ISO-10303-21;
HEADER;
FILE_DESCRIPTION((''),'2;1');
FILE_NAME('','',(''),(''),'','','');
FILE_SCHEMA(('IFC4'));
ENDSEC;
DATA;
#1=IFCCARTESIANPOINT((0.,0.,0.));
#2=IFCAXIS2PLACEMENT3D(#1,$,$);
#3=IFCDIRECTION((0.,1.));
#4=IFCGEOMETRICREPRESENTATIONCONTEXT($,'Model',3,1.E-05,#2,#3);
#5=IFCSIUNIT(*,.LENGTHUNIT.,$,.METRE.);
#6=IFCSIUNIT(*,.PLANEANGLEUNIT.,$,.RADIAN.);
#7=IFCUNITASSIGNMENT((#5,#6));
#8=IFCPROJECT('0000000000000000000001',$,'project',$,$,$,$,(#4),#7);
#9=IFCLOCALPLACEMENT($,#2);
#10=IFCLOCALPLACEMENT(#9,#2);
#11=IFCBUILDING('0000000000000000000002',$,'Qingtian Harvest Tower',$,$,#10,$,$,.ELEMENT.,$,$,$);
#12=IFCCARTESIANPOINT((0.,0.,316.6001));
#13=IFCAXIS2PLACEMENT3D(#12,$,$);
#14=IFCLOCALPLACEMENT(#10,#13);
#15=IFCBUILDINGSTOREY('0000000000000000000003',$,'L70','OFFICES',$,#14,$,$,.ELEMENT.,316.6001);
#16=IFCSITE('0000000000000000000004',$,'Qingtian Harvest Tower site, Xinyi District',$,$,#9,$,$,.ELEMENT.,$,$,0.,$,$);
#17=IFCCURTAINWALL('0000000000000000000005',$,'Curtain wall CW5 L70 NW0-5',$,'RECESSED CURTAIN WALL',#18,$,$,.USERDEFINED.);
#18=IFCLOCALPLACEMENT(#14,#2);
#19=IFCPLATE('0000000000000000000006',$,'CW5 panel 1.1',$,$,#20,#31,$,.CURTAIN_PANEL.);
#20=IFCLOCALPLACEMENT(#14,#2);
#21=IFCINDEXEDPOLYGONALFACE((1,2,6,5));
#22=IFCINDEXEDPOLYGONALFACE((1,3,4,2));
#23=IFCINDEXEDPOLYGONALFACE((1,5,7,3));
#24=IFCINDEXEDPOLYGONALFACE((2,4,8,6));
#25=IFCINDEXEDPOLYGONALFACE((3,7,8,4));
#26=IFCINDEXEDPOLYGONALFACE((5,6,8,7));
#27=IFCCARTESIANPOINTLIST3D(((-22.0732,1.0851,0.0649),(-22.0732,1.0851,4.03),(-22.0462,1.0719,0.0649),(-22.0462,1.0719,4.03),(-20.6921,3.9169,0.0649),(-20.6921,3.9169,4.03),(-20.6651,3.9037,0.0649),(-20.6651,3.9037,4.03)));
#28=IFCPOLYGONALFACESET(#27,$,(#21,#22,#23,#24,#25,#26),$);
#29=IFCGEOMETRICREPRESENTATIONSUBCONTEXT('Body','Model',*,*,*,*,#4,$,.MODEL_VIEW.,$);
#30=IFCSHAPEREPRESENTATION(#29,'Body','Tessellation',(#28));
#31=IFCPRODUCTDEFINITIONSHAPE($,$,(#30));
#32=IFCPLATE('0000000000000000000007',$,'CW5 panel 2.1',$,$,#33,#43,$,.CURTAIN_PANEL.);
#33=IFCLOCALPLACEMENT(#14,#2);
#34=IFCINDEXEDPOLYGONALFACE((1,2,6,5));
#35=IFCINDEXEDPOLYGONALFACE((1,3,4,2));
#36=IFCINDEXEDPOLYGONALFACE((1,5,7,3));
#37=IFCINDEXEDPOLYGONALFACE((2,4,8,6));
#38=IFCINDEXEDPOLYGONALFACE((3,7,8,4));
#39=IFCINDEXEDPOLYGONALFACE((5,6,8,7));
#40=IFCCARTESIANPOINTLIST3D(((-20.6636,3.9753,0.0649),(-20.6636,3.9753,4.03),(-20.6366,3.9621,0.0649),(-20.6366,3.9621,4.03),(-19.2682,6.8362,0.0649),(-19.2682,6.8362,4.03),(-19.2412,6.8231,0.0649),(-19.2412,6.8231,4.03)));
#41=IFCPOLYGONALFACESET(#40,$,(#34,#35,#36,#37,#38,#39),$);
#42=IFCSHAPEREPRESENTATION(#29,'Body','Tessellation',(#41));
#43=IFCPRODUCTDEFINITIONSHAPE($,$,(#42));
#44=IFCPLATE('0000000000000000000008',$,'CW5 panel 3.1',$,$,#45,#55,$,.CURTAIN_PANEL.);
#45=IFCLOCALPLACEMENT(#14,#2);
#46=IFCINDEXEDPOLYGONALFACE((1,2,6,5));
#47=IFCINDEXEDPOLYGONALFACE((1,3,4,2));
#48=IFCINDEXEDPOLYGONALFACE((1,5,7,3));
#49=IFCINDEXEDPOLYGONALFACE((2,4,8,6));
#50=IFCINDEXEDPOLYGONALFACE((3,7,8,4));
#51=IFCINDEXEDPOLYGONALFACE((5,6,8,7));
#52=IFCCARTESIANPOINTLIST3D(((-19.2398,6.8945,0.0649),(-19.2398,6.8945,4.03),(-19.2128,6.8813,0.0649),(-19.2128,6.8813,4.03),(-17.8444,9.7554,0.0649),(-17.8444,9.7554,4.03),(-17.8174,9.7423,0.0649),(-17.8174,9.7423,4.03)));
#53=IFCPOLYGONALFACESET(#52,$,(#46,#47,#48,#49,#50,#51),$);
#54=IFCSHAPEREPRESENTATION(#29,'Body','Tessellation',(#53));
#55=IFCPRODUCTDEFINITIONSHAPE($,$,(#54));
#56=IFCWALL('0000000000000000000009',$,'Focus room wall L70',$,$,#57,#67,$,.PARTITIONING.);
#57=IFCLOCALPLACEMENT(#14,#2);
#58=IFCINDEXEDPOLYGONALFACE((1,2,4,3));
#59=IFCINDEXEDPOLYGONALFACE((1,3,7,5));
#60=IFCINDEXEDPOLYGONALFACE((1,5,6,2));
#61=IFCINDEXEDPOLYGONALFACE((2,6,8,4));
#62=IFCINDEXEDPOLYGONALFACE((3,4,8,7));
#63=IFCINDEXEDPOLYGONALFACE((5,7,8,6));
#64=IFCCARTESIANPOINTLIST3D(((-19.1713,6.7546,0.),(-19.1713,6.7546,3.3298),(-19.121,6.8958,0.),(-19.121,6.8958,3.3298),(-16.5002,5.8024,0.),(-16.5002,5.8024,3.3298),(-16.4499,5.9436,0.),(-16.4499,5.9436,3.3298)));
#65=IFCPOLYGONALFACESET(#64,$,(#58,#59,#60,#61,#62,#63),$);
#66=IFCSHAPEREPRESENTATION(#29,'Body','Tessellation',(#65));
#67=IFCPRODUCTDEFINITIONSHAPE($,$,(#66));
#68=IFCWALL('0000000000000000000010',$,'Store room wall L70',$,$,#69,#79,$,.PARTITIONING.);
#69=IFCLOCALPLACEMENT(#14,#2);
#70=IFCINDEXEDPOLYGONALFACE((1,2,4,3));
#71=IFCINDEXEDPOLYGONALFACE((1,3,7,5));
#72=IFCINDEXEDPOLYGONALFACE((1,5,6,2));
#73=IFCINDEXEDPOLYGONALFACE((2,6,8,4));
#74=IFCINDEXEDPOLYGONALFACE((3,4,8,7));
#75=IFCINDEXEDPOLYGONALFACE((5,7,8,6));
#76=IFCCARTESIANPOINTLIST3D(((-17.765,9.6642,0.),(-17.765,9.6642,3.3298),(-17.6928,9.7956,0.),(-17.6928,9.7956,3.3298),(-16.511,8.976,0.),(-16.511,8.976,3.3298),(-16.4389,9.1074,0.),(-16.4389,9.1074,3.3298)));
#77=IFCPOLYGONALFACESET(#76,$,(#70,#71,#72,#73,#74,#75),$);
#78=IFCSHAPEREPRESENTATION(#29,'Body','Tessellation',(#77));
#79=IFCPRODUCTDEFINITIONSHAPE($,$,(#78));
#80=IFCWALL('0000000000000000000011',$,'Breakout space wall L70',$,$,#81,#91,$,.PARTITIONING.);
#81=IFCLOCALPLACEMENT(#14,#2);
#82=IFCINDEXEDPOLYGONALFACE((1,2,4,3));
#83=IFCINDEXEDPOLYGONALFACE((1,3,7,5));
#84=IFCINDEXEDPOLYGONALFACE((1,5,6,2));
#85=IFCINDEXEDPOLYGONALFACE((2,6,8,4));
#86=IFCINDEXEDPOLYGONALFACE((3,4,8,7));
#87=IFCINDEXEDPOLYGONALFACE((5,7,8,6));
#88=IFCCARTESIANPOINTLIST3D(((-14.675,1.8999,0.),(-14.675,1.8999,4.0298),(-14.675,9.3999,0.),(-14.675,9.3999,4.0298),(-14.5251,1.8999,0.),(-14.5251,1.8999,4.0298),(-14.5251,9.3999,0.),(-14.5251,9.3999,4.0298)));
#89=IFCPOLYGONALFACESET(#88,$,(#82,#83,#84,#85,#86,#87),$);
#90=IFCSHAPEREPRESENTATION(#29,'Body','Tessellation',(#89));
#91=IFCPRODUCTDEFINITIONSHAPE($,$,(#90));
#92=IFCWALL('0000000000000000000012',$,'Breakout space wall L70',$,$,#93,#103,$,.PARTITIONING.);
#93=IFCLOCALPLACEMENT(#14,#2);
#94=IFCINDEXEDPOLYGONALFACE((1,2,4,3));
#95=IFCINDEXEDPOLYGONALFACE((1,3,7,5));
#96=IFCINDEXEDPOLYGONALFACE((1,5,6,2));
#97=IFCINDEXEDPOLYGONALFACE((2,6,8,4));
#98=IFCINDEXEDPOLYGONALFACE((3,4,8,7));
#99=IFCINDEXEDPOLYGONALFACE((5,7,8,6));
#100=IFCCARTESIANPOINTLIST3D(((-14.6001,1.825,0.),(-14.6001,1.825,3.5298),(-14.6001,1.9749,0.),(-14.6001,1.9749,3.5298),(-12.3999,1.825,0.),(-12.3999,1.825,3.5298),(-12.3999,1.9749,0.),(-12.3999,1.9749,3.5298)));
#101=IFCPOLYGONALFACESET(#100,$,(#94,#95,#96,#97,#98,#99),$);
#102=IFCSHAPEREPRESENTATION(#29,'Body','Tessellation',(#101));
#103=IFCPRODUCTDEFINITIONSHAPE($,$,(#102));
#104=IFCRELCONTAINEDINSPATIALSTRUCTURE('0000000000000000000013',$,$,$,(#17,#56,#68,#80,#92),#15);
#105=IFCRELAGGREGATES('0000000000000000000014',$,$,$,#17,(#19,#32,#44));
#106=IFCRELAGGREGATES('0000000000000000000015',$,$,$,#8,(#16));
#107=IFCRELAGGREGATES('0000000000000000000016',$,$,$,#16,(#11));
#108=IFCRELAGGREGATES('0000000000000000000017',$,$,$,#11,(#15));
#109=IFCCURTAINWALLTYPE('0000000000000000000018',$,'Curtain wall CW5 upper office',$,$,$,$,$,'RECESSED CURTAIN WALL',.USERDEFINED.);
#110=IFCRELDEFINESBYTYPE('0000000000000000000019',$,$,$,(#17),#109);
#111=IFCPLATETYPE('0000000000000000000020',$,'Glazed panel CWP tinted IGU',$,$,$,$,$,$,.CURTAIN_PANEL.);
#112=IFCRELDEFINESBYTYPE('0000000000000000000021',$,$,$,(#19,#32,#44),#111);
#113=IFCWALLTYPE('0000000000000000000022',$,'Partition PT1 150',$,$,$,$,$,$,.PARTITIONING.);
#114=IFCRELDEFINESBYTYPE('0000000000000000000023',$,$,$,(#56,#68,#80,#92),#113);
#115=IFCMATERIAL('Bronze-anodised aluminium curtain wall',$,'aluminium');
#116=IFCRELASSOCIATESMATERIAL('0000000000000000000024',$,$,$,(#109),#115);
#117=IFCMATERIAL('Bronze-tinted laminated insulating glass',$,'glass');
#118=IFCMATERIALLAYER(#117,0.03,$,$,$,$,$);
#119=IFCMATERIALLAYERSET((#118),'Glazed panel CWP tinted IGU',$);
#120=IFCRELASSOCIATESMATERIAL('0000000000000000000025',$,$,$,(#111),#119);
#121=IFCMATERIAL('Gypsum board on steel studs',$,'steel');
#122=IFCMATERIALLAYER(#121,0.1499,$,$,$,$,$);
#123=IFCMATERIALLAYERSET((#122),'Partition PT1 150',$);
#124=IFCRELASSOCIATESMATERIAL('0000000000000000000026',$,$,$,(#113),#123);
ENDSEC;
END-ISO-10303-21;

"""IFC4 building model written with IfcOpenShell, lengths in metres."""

from ifc_helpers import new_model, si_unit, direction, frame, frame_2d, origin, origin_2d, place, context, subcontext, project, spatial, rectangle, extrude, material, layer, layer_set, type_object, element, aggregate, save


model = new_model("IFC4")

# Units and contexts
model_context = context("Model", 3, precision=1e-05, world=origin(), true_north=direction((0.0, 1.0)))
body_context = subcontext(model_context, "Body", "Model", "MODEL_VIEW")
ifc_project = project(units=[si_unit("LENGTHUNIT", "METRE"), si_unit("PLANEANGLEUNIT", "RADIAN")], contexts=[model_context])

# Site, building, storey
site_placement = place(None, origin())
site = spatial("IfcSite", under=ifc_project, at=site_placement, Name="Qingtian Harvest Tower site, Xinyi District", CompositionType="ELEMENT", RefElevation=0.0)
building_placement = place(site_placement, origin())
building = spatial("IfcBuilding", under=site, at=building_placement, Name="Qingtian Harvest Tower", CompositionType="ELEMENT")
storey_placement = place(building_placement, frame((0.0, 0.0, 316.6001)))
storey = spatial("IfcBuildingStorey", under=building, at=storey_placement, Name="L70", Description="OFFICES", CompositionType="ELEMENT", Elevation=316.6001)

# Shared definitions
ifc_material_1 = material(Name="Bronze-anodised aluminium curtain wall", Category="aluminium")
curtain_wall_type = type_object("IfcCurtainWallType", Name="Curtain wall CW5 upper office", ElementType="RECESSED CURTAIN WALL", PredefinedType="USERDEFINED", material=ifc_material_1)

# Curtain wall
curtain_wall_1_placement = place(storey_placement, origin())
curtain_wall_1 = element("IfcCurtainWall", 1, at=curtain_wall_1_placement, inside=storey, type_object=curtain_wall_type, Name="Curtain wall CW5 L70 NW0-5", ObjectType="RECESSED CURTAIN WALL", PredefinedType="USERDEFINED")

# Plates
ifc_material_2 = material(Name="Bronze-tinted laminated insulating glass", Category="glass")
ifc_layer_1 = layer(ifc_material_2, 0.03)
ifc_layer_set_1 = layer_set([ifc_layer_1], Name="Glazed panel CWP tinted IGU")
plate_type = type_object("IfcPlateType", Name="Glazed panel CWP tinted IGU", PredefinedType="CURTAIN_PANEL", material=ifc_layer_set_1)
plate_1_placement = place(storey_placement, frame((-21.3691, 2.4944, 0.0649), z_axis=(0.0, 0.0, 1.0), x_axis=(0.438371, 0.898794, 0.0)))
plate_1 = element("IfcPlate", 2, at=plate_1_placement, type_object=plate_type, Name="CW5 panel 1.1", PredefinedType="CURTAIN_PANEL", context=body_context, shape_type="SweptSolid", body=[
    extrude(rectangle(XDim=3.1506, YDim=0.03, at=origin_2d()), origin(), (0.0, 0.0, 1.0), 3.9651),
])
plate_2_placement = place(storey_placement, frame((-19.9524, 5.3992, 0.0649), z_axis=(0.0, 0.0, 1.0), x_axis=(0.438371, 0.898794, 0.0)))
plate_2 = element("IfcPlate", 3, at=plate_2_placement, type_object=plate_type, Name="CW5 panel 2.1", PredefinedType="CURTAIN_PANEL", context=body_context, shape_type="SweptSolid", body=[
    extrude(rectangle(XDim=3.1831, YDim=0.03, at=origin_2d()), origin(), (0.0, 0.0, 1.0), 3.9651),
])
plate_3_placement = place(storey_placement, frame((-18.5286, 8.3184, 0.0649), z_axis=(0.0, 0.0, 1.0), x_axis=(0.438371, 0.898794, 0.0)))
plate_3 = element("IfcPlate", 4, at=plate_3_placement, type_object=plate_type, Name="CW5 panel 3.1", PredefinedType="CURTAIN_PANEL", context=body_context, shape_type="SweptSolid", body=[
    extrude(rectangle(XDim=3.1831, YDim=0.03, at=origin_2d()), origin(), (0.0, 0.0, 1.0), 3.9651),
])
aggregate(curtain_wall_1, [plate_1, plate_2, plate_3])

# Wall
ifc_material_3 = material(Name="Gypsum board on steel studs", Category="steel")
ifc_layer_2 = layer(ifc_material_3, 0.1499)
ifc_layer_set_2 = layer_set([ifc_layer_2], Name="Partition PT1 150")
wall_type = type_object("IfcWallType", Name="Partition PT1 150", PredefinedType="PARTITIONING", material=ifc_layer_set_2)
wall_1_placement = place(storey_placement, frame((-19.1462, 6.8252, 0.0), z_axis=(0.0, 0.0, 1.0), x_axis=(0.941946, -0.335764, 0.0)))
element("IfcWall", 5, at=wall_1_placement, inside=storey, type_object=wall_type, Name="Focus room wall L70", PredefinedType="PARTITIONING", context=body_context, shape_type="SweptSolid", body=[
    extrude(rectangle(XDim=2.8357, YDim=0.1499, at=frame_2d((1.418, 0.0))), origin(), (0.0, 0.0, 1.0), 3.3298),
])

# Wall
wall_2_placement = place(storey_placement, frame((-17.729, 9.73, 0.0), z_axis=(0.0, 0.0, 1.0), x_axis=(0.876634, -0.481159, 0.0)))
element("IfcWall", 6, at=wall_2_placement, inside=storey, type_object=wall_type, Name="Store room wall L70", PredefinedType="PARTITIONING", context=body_context, shape_type="SweptSolid", body=[
    extrude(rectangle(XDim=1.4304, YDim=0.1499, at=frame_2d((0.7153, 0.0))), origin(), (0.0, 0.0, 1.0), 3.3298),
])

# Walls
wall_3_placement = place(storey_placement, frame((-14.6001, 1.8999, 0.0), z_axis=(0.0, 0.0, 1.0), x_axis=(0.0, 1.0, 0.0)))
element("IfcWall", 7, at=wall_3_placement, inside=storey, type_object=wall_type, Name="Breakout space wall L70", PredefinedType="PARTITIONING", context=body_context, shape_type="SweptSolid", body=[
    extrude(rectangle(XDim=7.5, YDim=0.1499, at=frame_2d((3.75, 0.0))), origin(), (0.0, 0.0, 1.0), 4.0298),
])
wall_4_placement = place(storey_placement, frame((-12.3999, 1.8999, 0.0), z_axis=(0.0, 0.0, 1.0), x_axis=(-1.0, 0.0, 0.0)))
element("IfcWall", 8, at=wall_4_placement, inside=storey, type_object=wall_type, Name="Breakout space wall L70", PredefinedType="PARTITIONING", context=body_context, shape_type="SweptSolid", body=[
    extrude(rectangle(XDim=2.2002, YDim=0.1499, at=frame_2d((1.1001, 0.0))), origin(), (0.0, 0.0, 1.0), 3.5298),
])

save(model, "model.ifc")
